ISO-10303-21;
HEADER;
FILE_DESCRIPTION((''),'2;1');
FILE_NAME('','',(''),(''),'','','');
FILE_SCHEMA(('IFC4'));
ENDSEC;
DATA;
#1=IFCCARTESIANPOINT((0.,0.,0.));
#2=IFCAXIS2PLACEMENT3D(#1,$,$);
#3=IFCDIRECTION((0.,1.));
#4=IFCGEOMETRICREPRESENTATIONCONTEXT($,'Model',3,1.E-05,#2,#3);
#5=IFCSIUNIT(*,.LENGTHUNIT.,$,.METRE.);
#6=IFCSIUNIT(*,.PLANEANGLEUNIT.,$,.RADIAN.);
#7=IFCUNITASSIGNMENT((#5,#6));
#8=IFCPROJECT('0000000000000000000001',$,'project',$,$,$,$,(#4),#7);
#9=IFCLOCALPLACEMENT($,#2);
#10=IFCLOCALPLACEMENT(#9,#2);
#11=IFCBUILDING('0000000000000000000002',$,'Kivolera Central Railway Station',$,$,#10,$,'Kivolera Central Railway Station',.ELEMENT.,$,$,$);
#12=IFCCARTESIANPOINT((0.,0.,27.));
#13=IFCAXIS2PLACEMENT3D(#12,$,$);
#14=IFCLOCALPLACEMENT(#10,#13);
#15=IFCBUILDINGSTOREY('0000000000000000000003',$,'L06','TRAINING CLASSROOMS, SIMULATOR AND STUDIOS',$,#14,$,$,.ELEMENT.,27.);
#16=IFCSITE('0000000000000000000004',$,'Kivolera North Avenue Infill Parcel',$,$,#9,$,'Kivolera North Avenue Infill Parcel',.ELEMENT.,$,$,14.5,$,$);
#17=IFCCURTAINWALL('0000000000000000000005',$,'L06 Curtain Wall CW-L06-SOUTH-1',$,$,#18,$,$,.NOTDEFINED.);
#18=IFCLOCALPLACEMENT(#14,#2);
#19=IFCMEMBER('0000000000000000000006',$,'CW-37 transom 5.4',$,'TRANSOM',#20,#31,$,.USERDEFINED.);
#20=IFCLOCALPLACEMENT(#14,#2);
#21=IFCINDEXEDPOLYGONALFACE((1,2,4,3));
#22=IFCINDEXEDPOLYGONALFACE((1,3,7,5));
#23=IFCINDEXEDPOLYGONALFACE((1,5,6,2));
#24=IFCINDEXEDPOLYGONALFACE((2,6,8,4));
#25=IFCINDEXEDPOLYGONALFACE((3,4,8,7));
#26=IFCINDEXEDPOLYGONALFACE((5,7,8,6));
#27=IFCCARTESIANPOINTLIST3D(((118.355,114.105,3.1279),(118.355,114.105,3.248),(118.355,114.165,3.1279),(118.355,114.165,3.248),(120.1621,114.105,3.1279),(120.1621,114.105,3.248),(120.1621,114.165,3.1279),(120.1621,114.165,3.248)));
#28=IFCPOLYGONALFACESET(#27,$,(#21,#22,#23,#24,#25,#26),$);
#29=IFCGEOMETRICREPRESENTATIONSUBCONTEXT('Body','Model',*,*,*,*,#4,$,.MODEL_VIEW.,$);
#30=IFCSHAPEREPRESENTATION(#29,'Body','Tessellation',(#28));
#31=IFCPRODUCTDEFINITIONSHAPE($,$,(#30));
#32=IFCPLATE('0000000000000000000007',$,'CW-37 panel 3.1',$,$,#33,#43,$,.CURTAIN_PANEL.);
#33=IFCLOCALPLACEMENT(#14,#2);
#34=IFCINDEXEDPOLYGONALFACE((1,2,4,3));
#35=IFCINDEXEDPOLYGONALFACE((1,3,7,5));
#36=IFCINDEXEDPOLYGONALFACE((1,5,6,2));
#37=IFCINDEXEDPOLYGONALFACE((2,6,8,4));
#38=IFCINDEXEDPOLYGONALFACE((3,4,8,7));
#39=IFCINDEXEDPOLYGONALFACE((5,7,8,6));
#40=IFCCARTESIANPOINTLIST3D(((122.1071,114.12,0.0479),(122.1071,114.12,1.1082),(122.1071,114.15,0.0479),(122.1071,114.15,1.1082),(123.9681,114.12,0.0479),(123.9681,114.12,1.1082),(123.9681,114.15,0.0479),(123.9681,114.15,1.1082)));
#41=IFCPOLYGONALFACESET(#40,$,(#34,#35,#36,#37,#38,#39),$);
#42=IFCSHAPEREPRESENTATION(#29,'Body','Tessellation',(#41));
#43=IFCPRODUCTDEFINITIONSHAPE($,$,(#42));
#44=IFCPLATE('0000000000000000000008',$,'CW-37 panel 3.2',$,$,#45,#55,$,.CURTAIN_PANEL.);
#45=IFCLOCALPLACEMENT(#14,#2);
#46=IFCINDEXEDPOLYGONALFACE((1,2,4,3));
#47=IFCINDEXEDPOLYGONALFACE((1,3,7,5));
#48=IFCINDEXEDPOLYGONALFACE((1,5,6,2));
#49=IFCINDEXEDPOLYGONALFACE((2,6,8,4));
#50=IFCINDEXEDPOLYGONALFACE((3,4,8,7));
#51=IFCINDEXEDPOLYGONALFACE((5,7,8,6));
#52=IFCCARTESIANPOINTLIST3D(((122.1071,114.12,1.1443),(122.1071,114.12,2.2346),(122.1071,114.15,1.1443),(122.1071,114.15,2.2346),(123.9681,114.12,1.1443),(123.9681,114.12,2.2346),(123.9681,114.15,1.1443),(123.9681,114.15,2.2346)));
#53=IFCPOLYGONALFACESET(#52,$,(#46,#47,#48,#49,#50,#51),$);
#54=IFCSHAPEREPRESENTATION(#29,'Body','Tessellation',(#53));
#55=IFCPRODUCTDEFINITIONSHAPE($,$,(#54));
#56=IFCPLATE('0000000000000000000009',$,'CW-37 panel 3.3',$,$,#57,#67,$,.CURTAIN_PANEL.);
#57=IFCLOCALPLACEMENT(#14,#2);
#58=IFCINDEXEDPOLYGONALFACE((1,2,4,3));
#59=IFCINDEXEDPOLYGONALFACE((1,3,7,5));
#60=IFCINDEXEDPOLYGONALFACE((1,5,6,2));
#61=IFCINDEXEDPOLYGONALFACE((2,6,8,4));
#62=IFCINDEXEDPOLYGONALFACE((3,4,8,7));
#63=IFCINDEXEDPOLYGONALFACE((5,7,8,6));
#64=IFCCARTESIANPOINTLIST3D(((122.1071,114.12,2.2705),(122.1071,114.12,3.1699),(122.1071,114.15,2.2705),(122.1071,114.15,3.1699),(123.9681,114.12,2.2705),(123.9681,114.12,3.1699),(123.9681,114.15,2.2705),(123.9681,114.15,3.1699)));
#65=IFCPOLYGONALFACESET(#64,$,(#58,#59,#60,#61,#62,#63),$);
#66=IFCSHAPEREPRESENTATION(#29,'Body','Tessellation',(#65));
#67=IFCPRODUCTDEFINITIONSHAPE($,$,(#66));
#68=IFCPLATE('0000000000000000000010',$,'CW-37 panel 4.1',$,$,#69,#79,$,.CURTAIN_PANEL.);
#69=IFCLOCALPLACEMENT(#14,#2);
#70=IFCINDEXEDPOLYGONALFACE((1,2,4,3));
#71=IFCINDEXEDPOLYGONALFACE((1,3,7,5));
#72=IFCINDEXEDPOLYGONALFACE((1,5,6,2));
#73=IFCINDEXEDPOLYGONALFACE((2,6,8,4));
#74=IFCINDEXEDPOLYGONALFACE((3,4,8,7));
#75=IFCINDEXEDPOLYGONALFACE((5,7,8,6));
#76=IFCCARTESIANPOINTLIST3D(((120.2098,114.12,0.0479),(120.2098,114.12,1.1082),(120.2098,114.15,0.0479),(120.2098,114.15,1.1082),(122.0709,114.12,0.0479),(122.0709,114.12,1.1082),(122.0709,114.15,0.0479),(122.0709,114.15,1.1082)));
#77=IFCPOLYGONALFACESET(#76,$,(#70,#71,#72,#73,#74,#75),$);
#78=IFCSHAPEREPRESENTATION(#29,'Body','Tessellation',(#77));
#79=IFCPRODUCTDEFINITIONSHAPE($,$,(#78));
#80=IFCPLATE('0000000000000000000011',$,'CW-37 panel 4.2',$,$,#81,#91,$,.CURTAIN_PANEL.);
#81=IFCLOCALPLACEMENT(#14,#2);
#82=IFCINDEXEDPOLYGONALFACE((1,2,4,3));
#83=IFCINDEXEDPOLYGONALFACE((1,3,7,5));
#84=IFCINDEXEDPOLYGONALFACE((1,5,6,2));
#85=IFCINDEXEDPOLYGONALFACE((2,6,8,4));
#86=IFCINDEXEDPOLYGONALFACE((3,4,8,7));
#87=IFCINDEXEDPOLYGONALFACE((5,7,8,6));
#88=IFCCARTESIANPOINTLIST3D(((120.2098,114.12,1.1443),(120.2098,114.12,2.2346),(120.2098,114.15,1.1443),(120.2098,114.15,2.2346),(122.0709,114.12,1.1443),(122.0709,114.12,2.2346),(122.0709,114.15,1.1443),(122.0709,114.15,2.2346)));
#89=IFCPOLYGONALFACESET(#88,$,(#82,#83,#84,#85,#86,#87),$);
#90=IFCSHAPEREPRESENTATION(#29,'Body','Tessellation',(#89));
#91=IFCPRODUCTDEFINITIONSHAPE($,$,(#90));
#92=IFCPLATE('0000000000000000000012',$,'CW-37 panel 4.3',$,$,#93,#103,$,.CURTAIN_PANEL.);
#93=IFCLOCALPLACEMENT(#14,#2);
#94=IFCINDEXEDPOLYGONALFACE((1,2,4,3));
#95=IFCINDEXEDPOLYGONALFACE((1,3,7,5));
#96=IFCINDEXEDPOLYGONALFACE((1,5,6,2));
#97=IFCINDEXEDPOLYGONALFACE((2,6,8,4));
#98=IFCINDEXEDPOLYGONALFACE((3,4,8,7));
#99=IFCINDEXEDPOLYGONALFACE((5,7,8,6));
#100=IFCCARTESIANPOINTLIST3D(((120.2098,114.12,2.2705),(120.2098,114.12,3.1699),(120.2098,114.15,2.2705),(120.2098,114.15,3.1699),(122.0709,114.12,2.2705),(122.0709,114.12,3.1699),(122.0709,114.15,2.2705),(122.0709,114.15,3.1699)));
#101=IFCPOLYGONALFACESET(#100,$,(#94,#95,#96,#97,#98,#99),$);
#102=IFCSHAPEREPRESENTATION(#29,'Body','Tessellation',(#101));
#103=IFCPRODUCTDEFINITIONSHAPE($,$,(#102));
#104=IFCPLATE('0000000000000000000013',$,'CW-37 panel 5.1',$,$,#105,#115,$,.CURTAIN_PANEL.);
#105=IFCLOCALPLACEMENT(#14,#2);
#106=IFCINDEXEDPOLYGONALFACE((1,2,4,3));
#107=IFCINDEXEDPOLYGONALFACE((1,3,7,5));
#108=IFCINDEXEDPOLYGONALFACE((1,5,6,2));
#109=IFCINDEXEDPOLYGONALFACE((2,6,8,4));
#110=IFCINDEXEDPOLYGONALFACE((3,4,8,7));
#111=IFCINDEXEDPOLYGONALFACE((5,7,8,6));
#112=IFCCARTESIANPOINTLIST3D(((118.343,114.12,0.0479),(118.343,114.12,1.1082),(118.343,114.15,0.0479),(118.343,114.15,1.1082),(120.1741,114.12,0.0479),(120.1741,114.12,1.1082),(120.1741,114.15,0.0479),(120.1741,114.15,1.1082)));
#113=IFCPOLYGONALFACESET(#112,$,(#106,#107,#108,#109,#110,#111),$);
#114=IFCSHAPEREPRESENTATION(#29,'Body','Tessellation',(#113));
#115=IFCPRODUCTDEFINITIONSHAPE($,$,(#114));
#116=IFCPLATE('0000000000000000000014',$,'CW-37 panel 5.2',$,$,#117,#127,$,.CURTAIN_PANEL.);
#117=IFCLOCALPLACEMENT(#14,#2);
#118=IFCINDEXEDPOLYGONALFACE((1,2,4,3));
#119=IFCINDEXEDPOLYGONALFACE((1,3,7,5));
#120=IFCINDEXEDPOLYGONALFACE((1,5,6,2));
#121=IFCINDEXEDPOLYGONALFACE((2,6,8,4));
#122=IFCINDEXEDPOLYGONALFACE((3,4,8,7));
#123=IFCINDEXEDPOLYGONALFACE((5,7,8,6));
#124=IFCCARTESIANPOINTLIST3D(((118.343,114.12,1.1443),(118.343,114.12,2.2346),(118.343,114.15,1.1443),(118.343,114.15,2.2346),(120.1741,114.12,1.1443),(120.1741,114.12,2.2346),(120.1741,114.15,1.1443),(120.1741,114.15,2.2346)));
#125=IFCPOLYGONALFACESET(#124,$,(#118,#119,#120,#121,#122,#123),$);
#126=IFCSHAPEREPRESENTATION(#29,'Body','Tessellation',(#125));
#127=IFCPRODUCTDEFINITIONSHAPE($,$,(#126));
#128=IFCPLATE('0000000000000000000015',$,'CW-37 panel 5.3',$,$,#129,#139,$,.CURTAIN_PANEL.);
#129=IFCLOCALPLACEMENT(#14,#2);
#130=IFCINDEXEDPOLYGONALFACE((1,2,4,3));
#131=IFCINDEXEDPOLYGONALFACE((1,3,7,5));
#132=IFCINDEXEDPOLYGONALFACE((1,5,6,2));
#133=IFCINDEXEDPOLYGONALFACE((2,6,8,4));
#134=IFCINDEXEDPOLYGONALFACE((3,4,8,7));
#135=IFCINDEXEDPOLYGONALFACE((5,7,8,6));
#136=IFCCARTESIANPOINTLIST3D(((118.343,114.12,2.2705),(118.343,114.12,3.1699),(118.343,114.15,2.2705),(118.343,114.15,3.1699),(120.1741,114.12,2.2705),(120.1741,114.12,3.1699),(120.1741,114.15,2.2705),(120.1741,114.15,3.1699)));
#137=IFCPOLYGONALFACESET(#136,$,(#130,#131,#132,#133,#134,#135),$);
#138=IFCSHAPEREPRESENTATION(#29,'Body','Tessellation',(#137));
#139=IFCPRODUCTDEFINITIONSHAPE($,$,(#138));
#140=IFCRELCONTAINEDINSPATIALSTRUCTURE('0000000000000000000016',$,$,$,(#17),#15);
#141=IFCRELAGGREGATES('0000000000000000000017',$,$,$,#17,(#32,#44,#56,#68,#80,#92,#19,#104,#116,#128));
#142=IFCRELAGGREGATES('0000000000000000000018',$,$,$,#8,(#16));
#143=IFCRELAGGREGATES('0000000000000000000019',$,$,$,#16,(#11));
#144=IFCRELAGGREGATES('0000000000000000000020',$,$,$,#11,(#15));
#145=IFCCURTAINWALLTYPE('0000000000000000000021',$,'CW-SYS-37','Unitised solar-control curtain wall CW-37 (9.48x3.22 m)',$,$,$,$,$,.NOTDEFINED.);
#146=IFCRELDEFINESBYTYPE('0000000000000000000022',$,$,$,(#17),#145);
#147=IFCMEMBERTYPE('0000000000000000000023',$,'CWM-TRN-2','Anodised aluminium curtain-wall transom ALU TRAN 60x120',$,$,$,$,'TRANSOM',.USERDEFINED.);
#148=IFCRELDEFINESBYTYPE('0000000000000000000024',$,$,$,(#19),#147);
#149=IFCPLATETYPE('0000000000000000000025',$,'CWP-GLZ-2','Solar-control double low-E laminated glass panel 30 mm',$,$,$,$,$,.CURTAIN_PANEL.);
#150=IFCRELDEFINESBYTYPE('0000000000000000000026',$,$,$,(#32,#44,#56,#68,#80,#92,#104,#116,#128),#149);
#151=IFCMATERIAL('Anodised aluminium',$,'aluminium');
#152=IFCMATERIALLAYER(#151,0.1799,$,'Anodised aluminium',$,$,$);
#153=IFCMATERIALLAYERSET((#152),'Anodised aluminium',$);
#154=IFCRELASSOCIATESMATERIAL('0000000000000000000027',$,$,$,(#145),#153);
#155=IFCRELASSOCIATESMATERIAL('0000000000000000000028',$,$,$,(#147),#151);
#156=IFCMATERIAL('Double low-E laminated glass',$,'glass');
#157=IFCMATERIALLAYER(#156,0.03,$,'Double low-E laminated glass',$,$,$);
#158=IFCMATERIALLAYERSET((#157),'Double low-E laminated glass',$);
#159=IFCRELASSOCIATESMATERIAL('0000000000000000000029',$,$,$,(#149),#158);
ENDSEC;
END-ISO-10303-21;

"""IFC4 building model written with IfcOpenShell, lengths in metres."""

from ifc_helpers import new_model, si_unit, direction, frame, origin, origin_2d, place, context, subcontext, project, spatial, rectangle, extrude, material, layer, layer_set, material_profile, profile_set, type_object, element, aggregate, save


model = new_model("IFC4")

# Units and contexts
model_context = context("Model", 3, precision=1e-05, world=origin(), true_north=direction((0.0, 1.0)))
body_context = subcontext(model_context, "Body", "Model", "MODEL_VIEW")
ifc_project = project(units=[si_unit("LENGTHUNIT", "METRE"), si_unit("PLANEANGLEUNIT", "RADIAN")], contexts=[model_context])

# Site, building, storey
site_placement = place(None, origin())
site = spatial("IfcSite", under=ifc_project, at=site_placement, Name="Kivolera North Avenue Infill Parcel", LongName="Kivolera North Avenue Infill Parcel", CompositionType="ELEMENT", RefElevation=14.5)
building_placement = place(site_placement, origin())
building = spatial("IfcBuilding", under=site, at=building_placement, Name="Kivolera Central Railway Station", LongName="Kivolera Central Railway Station", CompositionType="ELEMENT")
storey_placement = place(building_placement, frame((0.0, 0.0, 27.0)))
storey = spatial("IfcBuildingStorey", under=building, at=storey_placement, Name="L06", Description="TRAINING CLASSROOMS, SIMULATOR AND STUDIOS", CompositionType="ELEMENT", Elevation=27.0)

# Curtain wall, member, plates
ifc_material_1 = material(Name="Anodised aluminium", Category="aluminium")
ifc_layer_1 = layer(ifc_material_1, 0.1799, Name="Anodised aluminium")
ifc_layer_set_1 = layer_set([ifc_layer_1], Name="Anodised aluminium")
curtain_wall_type = type_object("IfcCurtainWallType", Name="CW-SYS-37", Description="Unitised solar-control curtain wall CW-37 (9.48x3.22 m)", PredefinedType="NOTDEFINED", material=ifc_layer_set_1)
curtain_wall_placement = place(storey_placement, origin())
curtain_wall = element("IfcCurtainWall", 1, at=curtain_wall_placement, inside=storey, type_object=curtain_wall_type, Name="L06 Curtain Wall CW-L06-SOUTH-1", PredefinedType="NOTDEFINED")
ifc_material_profile_1 = material_profile(ifc_material_1, rectangle(XDim=0.0601, YDim=0.1201, at=origin_2d()), Name="ALU TRAN 60x120")
ifc_profile_set_1 = profile_set([ifc_material_profile_1], Name="Anodised aluminium")
member_type_1 = type_object("IfcMemberType", Name="CWM-TRN-2", Description="Anodised aluminium curtain-wall transom ALU TRAN 60x120", ElementType="TRANSOM", PredefinedType="USERDEFINED", material=ifc_profile_set_1)
member_1_placement = place(storey_placement, frame((120.1621, 114.135, 3.188), z_axis=(-1.0, 0.0, 0.0), x_axis=(0.0, -1.0, 0.0)))
member_1 = element("IfcMember", 2, at=member_1_placement, type_object=member_type_1, Name="CW-37 transom 5.4", ObjectType="TRANSOM", PredefinedType="USERDEFINED", context=body_context, shape_type="SweptSolid", body=[
    extrude(rectangle(XDim=0.0601, YDim=0.1201, at=origin_2d()), origin(), (0.0, 0.0, 1.0), 1.8071),
])
ifc_material_2 = material(Name="Double low-E laminated glass", Category="glass")
ifc_layer_2 = layer(ifc_material_2, 0.03, Name="Double low-E laminated glass")
ifc_layer_set_2 = layer_set([ifc_layer_2], Name="Double low-E laminated glass")
plate_type = type_object("IfcPlateType", Name="CWP-GLZ-2", Description="Solar-control double low-E laminated glass panel 30 mm", PredefinedType="CURTAIN_PANEL", material=ifc_layer_set_2)
plate_1_placement = place(storey_placement, frame((123.0376, 114.135, 0.0479), z_axis=(0.0, 0.0, 1.0), x_axis=(-1.0, 0.0, 0.0)))
plate_1 = element("IfcPlate", 3, at=plate_1_placement, type_object=plate_type, Name="CW-37 panel 3.1", PredefinedType="CURTAIN_PANEL", context=body_context, shape_type="SweptSolid", body=[
    extrude(rectangle(XDim=1.8611, YDim=0.03, at=origin_2d()), origin(), (0.0, 0.0, 1.0), 1.0603),
])
plate_2_placement = place(storey_placement, frame((123.0376, 114.135, 1.1443), z_axis=(0.0, 0.0, 1.0), x_axis=(-1.0, 0.0, 0.0)))
plate_2 = element("IfcPlate", 4, at=plate_2_placement, type_object=plate_type, Name="CW-37 panel 3.2", PredefinedType="CURTAIN_PANEL", context=body_context, shape_type="SweptSolid", body=[
    extrude(rectangle(XDim=1.8611, YDim=0.03, at=origin_2d()), origin(), (0.0, 0.0, 1.0), 1.0903),
])
plate_3_placement = place(storey_placement, frame((123.0376, 114.135, 2.2705), z_axis=(0.0, 0.0, 1.0), x_axis=(-1.0, 0.0, 0.0)))
plate_3 = element("IfcPlate", 5, at=plate_3_placement, type_object=plate_type, Name="CW-37 panel 3.3", PredefinedType="CURTAIN_PANEL", context=body_context, shape_type="SweptSolid", body=[
    extrude(rectangle(XDim=1.8611, YDim=0.03, at=origin_2d()), origin(), (0.0, 0.0, 1.0), 0.8994),
])
plate_4_placement = place(storey_placement, frame((121.1404, 114.135, 0.0479), z_axis=(0.0, 0.0, 1.0), x_axis=(-1.0, 0.0, 0.0)))
plate_4 = element("IfcPlate", 6, at=plate_4_placement, type_object=plate_type, Name="CW-37 panel 4.1", PredefinedType="CURTAIN_PANEL", context=body_context, shape_type="SweptSolid", body=[
    extrude(rectangle(XDim=1.8611, YDim=0.03, at=origin_2d()), origin(), (0.0, 0.0, 1.0), 1.0603),
])
plate_5_placement = place(storey_placement, frame((121.1404, 114.135, 1.1443), z_axis=(0.0, 0.0, 1.0), x_axis=(-1.0, 0.0, 0.0)))
plate_5 = element("IfcPlate", 7, at=plate_5_placement, type_object=plate_type, Name="CW-37 panel 4.2", PredefinedType="CURTAIN_PANEL", context=body_context, shape_type="SweptSolid", body=[
    extrude(rectangle(XDim=1.8611, YDim=0.03, at=origin_2d()), origin(), (0.0, 0.0, 1.0), 1.0903),
])
plate_6_placement = place(storey_placement, frame((121.1404, 114.135, 2.2705), z_axis=(0.0, 0.0, 1.0), x_axis=(-1.0, 0.0, 0.0)))
plate_6 = element("IfcPlate", 8, at=plate_6_placement, type_object=plate_type, Name="CW-37 panel 4.3", PredefinedType="CURTAIN_PANEL", context=body_context, shape_type="SweptSolid", body=[
    extrude(rectangle(XDim=1.8611, YDim=0.03, at=origin_2d()), origin(), (0.0, 0.0, 1.0), 0.8994),
])
plate_7_placement = place(storey_placement, frame((119.2585, 114.135, 0.0479), z_axis=(0.0, 0.0, 1.0), x_axis=(-1.0, 0.0, 0.0)))
plate_7 = element("IfcPlate", 9, at=plate_7_placement, type_object=plate_type, Name="CW-37 panel 5.1", PredefinedType="CURTAIN_PANEL", context=body_context, shape_type="SweptSolid", body=[
    extrude(rectangle(XDim=1.8311, YDim=0.03, at=origin_2d()), origin(), (0.0, 0.0, 1.0), 1.0603),
])
plate_8_placement = place(storey_placement, frame((119.2585, 114.135, 1.1443), z_axis=(0.0, 0.0, 1.0), x_axis=(-1.0, 0.0, 0.0)))
plate_8 = element("IfcPlate", 10, at=plate_8_placement, type_object=plate_type, Name="CW-37 panel 5.2", PredefinedType="CURTAIN_PANEL", context=body_context, shape_type="SweptSolid", body=[
    extrude(rectangle(XDim=1.8311, YDim=0.03, at=origin_2d()), origin(), (0.0, 0.0, 1.0), 1.0903),
])
plate_9_placement = place(storey_placement, frame((119.2585, 114.135, 2.2705), z_axis=(0.0, 0.0, 1.0), x_axis=(-1.0, 0.0, 0.0)))
plate_9 = element("IfcPlate", 11, at=plate_9_placement, type_object=plate_type, Name="CW-37 panel 5.3", PredefinedType="CURTAIN_PANEL", context=body_context, shape_type="SweptSolid", body=[
    extrude(rectangle(XDim=1.8311, YDim=0.03, at=origin_2d()), origin(), (0.0, 0.0, 1.0), 0.8994),
])
aggregate(curtain_wall, [plate_1, plate_2, plate_3, plate_4, plate_5, plate_6, member_1, plate_7, plate_8, plate_9])

save(model, "model.ifc")
